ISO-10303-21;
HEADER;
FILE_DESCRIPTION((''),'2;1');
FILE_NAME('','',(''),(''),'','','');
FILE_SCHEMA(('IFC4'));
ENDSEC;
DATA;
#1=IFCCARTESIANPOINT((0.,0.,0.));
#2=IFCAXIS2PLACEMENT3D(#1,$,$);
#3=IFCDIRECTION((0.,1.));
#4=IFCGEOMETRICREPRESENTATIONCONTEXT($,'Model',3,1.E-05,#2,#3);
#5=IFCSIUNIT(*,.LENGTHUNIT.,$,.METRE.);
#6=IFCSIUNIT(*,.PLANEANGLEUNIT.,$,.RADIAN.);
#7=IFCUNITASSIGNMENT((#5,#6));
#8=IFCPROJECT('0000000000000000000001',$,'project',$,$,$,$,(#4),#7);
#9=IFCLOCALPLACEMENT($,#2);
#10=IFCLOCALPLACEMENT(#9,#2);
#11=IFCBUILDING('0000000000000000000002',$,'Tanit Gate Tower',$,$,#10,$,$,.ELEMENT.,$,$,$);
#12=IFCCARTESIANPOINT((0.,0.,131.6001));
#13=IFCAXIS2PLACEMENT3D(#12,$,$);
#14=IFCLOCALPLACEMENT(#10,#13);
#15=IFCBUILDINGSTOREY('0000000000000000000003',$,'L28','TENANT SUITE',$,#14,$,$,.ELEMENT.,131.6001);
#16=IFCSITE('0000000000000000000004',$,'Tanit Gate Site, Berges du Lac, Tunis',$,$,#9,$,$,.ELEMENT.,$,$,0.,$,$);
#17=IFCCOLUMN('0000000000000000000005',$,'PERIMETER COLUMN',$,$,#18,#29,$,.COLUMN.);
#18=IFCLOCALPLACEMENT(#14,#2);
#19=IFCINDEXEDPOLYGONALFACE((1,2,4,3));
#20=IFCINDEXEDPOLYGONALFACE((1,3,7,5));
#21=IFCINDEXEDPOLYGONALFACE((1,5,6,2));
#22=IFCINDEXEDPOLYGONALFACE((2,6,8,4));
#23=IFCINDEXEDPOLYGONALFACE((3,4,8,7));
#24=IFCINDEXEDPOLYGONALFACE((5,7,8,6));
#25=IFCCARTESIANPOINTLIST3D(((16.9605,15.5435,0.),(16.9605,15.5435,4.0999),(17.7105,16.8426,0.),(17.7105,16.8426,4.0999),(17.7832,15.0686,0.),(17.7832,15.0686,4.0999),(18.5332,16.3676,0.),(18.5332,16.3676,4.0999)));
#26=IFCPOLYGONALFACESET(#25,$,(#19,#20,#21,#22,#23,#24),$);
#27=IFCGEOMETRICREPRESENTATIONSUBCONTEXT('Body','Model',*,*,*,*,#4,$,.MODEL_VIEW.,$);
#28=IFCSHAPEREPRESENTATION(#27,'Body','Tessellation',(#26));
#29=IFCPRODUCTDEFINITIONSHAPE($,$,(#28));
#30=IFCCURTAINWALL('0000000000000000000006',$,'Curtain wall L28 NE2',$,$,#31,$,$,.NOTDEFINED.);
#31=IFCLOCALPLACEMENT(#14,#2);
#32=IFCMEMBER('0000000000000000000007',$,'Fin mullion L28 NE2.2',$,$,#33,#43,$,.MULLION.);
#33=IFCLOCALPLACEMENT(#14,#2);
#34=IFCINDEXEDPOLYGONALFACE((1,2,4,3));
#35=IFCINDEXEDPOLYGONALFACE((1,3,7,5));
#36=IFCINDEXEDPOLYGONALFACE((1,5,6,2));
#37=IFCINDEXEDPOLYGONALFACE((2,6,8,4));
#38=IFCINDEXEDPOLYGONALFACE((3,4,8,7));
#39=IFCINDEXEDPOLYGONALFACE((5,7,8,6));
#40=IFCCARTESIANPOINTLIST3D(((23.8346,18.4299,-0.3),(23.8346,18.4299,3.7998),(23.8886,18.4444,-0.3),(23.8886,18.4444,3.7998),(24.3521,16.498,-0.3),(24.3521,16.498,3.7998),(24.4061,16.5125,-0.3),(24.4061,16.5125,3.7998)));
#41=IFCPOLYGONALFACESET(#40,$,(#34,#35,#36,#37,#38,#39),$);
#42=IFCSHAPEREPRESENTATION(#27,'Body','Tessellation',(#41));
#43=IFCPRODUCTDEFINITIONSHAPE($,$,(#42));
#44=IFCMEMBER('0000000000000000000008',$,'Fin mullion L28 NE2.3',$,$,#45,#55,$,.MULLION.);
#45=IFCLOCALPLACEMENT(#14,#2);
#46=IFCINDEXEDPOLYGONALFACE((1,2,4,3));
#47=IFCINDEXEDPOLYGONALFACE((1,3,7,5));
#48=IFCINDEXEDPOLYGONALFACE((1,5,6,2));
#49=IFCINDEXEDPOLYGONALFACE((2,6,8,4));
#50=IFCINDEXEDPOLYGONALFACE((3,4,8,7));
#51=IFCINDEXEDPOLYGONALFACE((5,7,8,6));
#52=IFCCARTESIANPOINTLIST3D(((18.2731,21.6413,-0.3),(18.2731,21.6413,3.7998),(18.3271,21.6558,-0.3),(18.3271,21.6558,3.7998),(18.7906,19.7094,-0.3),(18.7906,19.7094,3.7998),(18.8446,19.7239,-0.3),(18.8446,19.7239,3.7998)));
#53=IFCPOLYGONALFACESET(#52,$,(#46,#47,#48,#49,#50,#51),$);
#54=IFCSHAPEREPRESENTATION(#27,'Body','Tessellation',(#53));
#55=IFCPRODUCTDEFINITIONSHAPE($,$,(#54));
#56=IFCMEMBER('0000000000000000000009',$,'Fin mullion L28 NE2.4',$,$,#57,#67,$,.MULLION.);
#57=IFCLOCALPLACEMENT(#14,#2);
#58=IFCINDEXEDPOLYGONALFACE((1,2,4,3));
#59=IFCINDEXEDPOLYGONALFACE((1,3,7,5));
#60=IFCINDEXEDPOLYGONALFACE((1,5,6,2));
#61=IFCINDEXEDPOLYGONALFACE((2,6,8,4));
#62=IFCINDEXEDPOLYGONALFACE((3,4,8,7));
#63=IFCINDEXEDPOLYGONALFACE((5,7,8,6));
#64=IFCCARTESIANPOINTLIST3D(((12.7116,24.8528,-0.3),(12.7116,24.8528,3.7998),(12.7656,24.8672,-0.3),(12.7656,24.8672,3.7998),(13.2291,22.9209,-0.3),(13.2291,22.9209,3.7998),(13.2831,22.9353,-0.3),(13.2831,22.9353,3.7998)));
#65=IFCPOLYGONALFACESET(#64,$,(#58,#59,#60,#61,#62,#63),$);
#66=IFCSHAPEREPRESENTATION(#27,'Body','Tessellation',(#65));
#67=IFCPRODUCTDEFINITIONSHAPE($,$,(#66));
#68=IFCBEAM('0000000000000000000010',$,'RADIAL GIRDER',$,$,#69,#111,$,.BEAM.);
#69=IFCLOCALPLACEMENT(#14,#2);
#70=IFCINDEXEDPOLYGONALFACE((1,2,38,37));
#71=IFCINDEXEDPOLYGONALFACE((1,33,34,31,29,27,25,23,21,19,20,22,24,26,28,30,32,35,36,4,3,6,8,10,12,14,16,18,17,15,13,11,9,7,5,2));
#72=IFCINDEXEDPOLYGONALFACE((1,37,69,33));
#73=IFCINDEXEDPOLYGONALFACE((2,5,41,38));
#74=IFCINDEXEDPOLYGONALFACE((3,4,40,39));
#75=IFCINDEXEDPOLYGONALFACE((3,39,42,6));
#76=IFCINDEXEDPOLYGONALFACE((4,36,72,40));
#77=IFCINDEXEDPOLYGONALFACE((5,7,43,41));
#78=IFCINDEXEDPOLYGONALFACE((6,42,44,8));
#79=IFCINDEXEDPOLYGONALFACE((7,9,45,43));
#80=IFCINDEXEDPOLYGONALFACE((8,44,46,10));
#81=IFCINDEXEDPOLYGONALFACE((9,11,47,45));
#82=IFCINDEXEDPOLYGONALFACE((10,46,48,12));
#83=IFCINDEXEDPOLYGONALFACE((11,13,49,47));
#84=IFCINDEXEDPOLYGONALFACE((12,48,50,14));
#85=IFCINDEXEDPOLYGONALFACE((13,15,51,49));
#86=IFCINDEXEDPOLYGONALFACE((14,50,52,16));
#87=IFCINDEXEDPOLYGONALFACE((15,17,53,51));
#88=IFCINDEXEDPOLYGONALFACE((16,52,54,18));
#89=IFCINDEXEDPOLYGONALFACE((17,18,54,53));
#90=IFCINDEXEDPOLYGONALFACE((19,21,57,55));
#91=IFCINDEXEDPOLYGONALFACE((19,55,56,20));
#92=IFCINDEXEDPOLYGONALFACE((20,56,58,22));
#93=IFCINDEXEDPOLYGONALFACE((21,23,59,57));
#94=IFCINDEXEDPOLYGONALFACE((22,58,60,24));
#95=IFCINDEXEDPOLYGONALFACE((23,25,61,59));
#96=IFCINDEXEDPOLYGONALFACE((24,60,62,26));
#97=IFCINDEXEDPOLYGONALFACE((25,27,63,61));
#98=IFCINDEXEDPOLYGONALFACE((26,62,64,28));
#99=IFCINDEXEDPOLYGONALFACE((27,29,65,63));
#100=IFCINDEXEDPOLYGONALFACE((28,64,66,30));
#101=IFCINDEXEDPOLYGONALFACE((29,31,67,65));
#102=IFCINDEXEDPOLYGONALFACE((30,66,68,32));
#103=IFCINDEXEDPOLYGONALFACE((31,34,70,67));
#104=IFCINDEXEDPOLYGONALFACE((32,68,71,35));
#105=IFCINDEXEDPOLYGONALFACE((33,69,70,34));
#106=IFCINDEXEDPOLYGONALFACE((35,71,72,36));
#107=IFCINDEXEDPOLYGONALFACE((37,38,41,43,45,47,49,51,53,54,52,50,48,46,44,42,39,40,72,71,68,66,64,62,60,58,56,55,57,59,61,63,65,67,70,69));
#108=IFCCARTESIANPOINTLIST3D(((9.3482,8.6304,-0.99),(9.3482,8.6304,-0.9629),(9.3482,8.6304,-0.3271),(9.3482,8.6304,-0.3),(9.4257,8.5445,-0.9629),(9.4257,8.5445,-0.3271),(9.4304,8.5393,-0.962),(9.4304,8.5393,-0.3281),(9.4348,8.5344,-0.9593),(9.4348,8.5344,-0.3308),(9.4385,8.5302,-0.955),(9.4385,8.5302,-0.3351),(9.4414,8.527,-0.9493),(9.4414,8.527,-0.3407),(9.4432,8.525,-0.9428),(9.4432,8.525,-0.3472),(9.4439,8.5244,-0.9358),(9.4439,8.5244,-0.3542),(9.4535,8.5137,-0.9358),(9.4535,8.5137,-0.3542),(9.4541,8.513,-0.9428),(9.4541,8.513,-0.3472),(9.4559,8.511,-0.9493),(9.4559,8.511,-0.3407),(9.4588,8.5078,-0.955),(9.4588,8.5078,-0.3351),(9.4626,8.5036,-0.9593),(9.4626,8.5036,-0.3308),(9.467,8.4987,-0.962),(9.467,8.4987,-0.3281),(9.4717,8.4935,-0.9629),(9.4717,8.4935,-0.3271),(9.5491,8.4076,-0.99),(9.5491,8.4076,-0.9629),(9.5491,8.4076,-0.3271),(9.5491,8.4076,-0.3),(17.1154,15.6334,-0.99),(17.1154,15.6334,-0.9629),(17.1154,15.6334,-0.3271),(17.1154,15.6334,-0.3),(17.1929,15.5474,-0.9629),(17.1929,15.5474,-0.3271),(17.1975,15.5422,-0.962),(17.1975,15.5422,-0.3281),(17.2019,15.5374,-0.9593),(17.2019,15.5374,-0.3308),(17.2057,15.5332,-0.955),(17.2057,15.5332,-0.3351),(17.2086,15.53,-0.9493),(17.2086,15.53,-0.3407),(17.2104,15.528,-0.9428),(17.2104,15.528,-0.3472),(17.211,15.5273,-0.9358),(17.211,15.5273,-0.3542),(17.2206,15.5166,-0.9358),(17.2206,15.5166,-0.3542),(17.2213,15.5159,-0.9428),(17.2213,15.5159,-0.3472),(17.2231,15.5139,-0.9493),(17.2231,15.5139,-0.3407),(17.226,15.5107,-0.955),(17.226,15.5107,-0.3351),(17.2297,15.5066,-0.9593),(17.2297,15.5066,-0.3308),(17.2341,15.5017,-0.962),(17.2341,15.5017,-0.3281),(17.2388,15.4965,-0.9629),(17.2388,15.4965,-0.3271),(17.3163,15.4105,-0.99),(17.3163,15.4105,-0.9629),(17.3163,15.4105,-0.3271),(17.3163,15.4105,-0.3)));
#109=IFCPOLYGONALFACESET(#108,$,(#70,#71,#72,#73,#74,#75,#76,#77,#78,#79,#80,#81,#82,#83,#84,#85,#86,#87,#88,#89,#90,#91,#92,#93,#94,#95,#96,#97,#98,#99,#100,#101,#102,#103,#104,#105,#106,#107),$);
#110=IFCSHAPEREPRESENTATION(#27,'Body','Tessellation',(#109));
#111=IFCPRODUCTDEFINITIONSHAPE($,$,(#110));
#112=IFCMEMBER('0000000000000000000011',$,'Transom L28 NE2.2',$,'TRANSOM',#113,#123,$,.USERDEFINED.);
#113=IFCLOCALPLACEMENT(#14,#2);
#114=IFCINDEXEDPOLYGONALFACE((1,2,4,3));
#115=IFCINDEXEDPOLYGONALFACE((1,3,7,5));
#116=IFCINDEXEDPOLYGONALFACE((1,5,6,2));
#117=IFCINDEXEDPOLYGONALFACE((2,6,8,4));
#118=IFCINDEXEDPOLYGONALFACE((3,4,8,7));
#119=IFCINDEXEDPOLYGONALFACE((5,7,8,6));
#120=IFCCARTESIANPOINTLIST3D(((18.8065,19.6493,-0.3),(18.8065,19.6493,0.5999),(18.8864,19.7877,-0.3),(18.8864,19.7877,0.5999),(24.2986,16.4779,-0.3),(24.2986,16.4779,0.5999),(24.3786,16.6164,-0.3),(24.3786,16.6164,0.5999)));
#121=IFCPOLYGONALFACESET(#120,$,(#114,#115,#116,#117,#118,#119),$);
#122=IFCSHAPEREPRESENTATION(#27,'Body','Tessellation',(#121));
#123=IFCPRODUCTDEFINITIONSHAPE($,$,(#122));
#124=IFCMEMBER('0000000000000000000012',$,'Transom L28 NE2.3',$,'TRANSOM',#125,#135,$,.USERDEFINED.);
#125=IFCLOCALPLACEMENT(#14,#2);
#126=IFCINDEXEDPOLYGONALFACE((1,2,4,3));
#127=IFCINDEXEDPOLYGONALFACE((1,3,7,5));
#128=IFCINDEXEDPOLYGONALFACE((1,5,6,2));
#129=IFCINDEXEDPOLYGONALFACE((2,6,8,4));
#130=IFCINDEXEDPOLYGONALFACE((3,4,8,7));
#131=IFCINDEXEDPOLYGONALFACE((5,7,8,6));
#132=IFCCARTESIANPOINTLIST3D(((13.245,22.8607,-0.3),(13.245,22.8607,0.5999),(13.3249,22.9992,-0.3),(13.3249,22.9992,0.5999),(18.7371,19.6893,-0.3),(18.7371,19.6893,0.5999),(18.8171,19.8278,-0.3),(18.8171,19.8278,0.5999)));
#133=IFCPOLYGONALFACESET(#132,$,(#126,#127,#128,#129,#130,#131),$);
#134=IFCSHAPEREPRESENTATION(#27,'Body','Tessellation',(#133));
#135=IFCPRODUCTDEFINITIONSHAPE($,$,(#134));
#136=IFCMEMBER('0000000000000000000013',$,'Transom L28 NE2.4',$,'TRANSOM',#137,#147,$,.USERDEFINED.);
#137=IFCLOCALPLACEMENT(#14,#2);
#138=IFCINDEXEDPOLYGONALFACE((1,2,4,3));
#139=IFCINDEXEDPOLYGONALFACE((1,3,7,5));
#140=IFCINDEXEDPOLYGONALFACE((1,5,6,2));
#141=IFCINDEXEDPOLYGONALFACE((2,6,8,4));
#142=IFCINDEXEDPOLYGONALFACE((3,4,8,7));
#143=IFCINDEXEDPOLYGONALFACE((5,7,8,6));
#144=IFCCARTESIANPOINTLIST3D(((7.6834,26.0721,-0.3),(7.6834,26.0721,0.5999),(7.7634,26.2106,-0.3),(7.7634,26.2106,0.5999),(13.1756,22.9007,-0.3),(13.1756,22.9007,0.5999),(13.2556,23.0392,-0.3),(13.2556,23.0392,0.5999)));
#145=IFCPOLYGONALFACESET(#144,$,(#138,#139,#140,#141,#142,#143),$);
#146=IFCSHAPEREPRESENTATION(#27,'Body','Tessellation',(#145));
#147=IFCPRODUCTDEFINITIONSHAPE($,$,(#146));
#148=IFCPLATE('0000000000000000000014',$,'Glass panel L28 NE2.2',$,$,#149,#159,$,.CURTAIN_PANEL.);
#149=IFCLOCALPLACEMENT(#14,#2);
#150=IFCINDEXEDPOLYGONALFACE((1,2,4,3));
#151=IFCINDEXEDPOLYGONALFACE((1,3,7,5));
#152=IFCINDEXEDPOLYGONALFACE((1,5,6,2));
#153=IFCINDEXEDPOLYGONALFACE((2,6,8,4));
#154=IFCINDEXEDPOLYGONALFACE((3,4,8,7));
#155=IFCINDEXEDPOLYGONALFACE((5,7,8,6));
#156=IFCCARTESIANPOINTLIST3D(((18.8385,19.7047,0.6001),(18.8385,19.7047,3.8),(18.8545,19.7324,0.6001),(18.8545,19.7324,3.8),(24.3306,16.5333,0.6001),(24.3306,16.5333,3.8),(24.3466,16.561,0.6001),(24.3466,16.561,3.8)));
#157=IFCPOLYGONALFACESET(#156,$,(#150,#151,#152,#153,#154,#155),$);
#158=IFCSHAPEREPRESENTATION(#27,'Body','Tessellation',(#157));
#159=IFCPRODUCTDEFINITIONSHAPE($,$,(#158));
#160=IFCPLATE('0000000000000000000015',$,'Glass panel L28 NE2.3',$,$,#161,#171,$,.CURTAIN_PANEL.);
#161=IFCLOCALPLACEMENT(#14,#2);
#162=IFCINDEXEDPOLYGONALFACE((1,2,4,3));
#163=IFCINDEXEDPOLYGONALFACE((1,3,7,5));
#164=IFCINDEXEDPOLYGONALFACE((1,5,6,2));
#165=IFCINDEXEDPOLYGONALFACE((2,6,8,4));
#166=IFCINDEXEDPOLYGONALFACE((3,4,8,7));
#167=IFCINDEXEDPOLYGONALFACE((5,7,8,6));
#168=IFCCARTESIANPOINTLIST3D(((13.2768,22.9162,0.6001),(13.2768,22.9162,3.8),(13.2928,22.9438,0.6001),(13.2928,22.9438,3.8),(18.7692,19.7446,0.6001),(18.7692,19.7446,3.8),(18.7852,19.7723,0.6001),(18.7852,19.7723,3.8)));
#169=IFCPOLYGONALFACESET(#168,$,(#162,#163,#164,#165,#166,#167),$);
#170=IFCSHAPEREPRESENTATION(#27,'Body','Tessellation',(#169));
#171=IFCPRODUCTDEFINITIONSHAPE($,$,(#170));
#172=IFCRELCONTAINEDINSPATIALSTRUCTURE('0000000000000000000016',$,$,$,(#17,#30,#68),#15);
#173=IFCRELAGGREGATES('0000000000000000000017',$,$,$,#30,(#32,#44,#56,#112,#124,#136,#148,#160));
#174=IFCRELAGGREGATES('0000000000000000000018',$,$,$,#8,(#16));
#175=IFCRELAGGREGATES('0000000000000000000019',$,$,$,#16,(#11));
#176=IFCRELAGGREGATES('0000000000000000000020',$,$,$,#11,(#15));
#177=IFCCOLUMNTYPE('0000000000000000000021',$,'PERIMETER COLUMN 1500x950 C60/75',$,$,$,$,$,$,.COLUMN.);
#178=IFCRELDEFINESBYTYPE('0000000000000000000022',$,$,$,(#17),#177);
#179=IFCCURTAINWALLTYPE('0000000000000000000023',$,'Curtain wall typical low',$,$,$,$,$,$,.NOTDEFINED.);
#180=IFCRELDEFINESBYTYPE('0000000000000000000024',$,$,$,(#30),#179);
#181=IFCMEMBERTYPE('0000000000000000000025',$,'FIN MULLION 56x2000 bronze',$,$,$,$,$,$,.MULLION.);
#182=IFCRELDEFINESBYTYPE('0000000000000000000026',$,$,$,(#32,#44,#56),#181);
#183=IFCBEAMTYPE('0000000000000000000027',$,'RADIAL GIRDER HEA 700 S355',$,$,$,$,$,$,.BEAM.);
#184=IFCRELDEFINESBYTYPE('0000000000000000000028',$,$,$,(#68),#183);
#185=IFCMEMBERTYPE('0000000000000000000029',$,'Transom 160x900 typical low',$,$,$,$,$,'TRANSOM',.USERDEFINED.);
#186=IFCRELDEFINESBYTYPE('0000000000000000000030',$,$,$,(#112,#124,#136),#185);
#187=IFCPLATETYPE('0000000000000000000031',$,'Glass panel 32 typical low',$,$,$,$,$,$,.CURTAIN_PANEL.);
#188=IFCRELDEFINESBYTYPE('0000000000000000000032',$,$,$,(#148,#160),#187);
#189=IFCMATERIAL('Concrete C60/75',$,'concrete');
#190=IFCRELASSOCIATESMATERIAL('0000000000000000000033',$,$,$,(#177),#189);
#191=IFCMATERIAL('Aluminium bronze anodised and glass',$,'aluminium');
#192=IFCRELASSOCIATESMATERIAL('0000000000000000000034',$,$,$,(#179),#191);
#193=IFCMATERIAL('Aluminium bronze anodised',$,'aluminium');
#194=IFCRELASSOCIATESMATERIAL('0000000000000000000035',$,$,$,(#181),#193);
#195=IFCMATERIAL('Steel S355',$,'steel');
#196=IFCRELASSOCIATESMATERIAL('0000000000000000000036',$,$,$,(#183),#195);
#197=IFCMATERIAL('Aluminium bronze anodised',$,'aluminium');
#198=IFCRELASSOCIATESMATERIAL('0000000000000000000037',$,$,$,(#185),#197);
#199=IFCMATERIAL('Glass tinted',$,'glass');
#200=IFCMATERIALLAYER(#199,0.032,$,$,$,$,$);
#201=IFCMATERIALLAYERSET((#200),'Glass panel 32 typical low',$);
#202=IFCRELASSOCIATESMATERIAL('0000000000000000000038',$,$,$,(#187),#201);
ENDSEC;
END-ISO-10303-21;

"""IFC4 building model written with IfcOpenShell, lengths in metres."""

from ifc_helpers import new_model, si_unit, direction, frame, origin, origin_2d, place, context, subcontext, project, spatial, rectangle, i_section, extrude, material, layer, layer_set, material_profile, profile_set, type_object, element, aggregate, save


model = new_model("IFC4")

# Units and contexts
model_context = context("Model", 3, precision=1e-05, world=origin(), true_north=direction((0.0, 1.0)))
body_context = subcontext(model_context, "Body", "Model", "MODEL_VIEW")
ifc_project = project(units=[si_unit("LENGTHUNIT", "METRE"), si_unit("PLANEANGLEUNIT", "RADIAN")], contexts=[model_context])

# Site, building, storey
site_placement = place(None, origin())
site = spatial("IfcSite", under=ifc_project, at=site_placement, Name="Tanit Gate Site, Berges du Lac, Tunis", CompositionType="ELEMENT", RefElevation=0.0)
building_placement = place(site_placement, origin())
building = spatial("IfcBuilding", under=site, at=building_placement, Name="Tanit Gate Tower", CompositionType="ELEMENT")
storey_placement = place(building_placement, frame((0.0, 0.0, 131.6001)))
storey = spatial("IfcBuildingStorey", under=building, at=storey_placement, Name="L28", Description="TENANT SUITE", CompositionType="ELEMENT", Elevation=131.6001)

# Column
ifc_material_1 = material(Name="Concrete C60/75", Category="concrete")
ifc_material_profile_1 = material_profile(ifc_material_1, rectangle(XDim=1.5, YDim=0.95, at=origin_2d()), Name="RC 1500x950")
ifc_profile_set_1 = profile_set([ifc_material_profile_1], Name="Concrete C60/75")
column_type = type_object("IfcColumnType", Name="PERIMETER COLUMN 1500x950 C60/75", PredefinedType="COLUMN", material=ifc_profile_set_1)
column_placement = place(storey_placement, frame((17.7468, 15.9556, 0.0), z_axis=(0.0, 0.0, 1.0), x_axis=(0.5, 0.866025, 0.0)))
element("IfcColumn", 1, at=column_placement, inside=storey, type_object=column_type, Name="PERIMETER COLUMN", PredefinedType="COLUMN", context=body_context, shape_type="SweptSolid", body=[
    extrude(rectangle(XDim=1.5, YDim=0.95, at=origin_2d()), origin(), (0.0, 0.0, 1.0), 4.0999),
])

# Curtain wall, members
ifc_material_2 = material(Name="Aluminium bronze anodised and glass", Category="aluminium")
curtain_wall_type = type_object("IfcCurtainWallType", Name="Curtain wall typical low", PredefinedType="NOTDEFINED", material=ifc_material_2)
curtain_wall_placement = place(storey_placement, origin())
curtain_wall = element("IfcCurtainWall", 2, at=curtain_wall_placement, inside=storey, type_object=curtain_wall_type, Name="Curtain wall L28 NE2", PredefinedType="NOTDEFINED")
ifc_material_3 = material(Name="Aluminium bronze anodised", Category="aluminium")
ifc_material_profile_2 = material_profile(ifc_material_3, rectangle(XDim=2.0, YDim=0.0559, at=origin_2d()), Name="56x2000 bronze fin mullion")
ifc_profile_set_2 = profile_set([ifc_material_profile_2], Name="Aluminium bronze anodised")
member_type_1 = type_object("IfcMemberType", Name="FIN MULLION 56x2000 bronze", PredefinedType="MULLION", material=ifc_profile_set_2)
member_1_placement = place(storey_placement, frame((24.1204, 17.4712, -0.3), z_axis=(0.0, 0.0, 1.0), x_axis=(0.258752, -0.965944, 0.0)))
member_1 = element("IfcMember", 3, at=member_1_placement, type_object=member_type_1, Name="Fin mullion L28 NE2.2", PredefinedType="MULLION", context=body_context, shape_type="SweptSolid", body=[
    extrude(rectangle(XDim=2.0, YDim=0.0559, at=origin_2d()), origin(), (0.0, 0.0, 1.0), 4.0999),
])
member_2_placement = place(storey_placement, frame((18.5588, 20.6826, -0.3), z_axis=(0.0, 0.0, 1.0), x_axis=(0.258752, -0.965944, 0.0)))
member_2 = element("IfcMember", 4, at=member_2_placement, type_object=member_type_1, Name="Fin mullion L28 NE2.3", PredefinedType="MULLION", context=body_context, shape_type="SweptSolid", body=[
    extrude(rectangle(XDim=2.0, YDim=0.0559, at=origin_2d()), origin(), (0.0, 0.0, 1.0), 4.0999),
])
member_3_placement = place(storey_placement, frame((12.9973, 23.894, -0.3), z_axis=(0.0, 0.0, 1.0), x_axis=(0.258752, -0.965944, 0.0)))
member_3 = element("IfcMember", 5, at=member_3_placement, type_object=member_type_1, Name="Fin mullion L28 NE2.4", PredefinedType="MULLION", context=body_context, shape_type="SweptSolid", body=[
    extrude(rectangle(XDim=2.0, YDim=0.0559, at=origin_2d()), origin(), (0.0, 0.0, 1.0), 4.0999),
])

# Beam
ifc_material_4 = material(Name="Steel S355", Category="steel")
ifc_material_profile_3 = material_profile(ifc_material_4, i_section(OverallWidth=0.3, OverallDepth=0.6899, WebThickness=0.0144, FlangeThickness=0.0271, FilletRadius=0.0271, at=origin_2d()), Name="HEA 700")
ifc_profile_set_3 = profile_set([ifc_material_profile_3], Name="Steel S355")
beam_type = type_object("IfcBeamType", Name="RADIAL GIRDER HEA 700 S355", PredefinedType="BEAM", material=ifc_profile_set_3)
beam_placement = place(storey_placement, frame((17.2158, 15.522, -0.645), z_axis=(-0.742697, -0.669627, 0.0), x_axis=(0.669627, -0.742697, 0.0)))
element("IfcBeam", 6, at=beam_placement, inside=storey, type_object=beam_type, Name="RADIAL GIRDER", PredefinedType="BEAM", context=body_context, shape_type="SweptSolid", body=[
    extrude(i_section(OverallWidth=0.3, OverallDepth=0.6899, WebThickness=0.0144, FlangeThickness=0.0271, FilletRadius=0.0271, at=origin_2d()), origin(), (0.0, 0.0, 1.0), 10.458),
])

# Members
ifc_material_5 = material(Name="Aluminium bronze anodised", Category="aluminium")
ifc_material_profile_4 = material_profile(ifc_material_5, rectangle(XDim=0.1599, YDim=0.8999, at=origin_2d()), Name="160x900 bronze transom")
ifc_profile_set_4 = profile_set([ifc_material_profile_4], Name="Aluminium bronze anodised")
member_type_2 = type_object("IfcMemberType", Name="Transom 160x900 typical low", ElementType="TRANSOM", PredefinedType="USERDEFINED", material=ifc_profile_set_4)
member_4_placement = place(storey_placement, frame((24.3386, 16.5471, 0.1499), z_axis=(-0.865993, 0.500056, 0.0), x_axis=(-0.500056, -0.865993, 0.0)))
member_4 = element("IfcMember", 7, at=member_4_placement, type_object=member_type_2, Name="Transom L28 NE2.2", ObjectType="TRANSOM", PredefinedType="USERDEFINED", context=body_context, shape_type="SweptSolid", body=[
    extrude(rectangle(XDim=0.1599, YDim=0.8999, at=origin_2d()), origin(), (0.0, 0.0, 1.0), 6.342),
])
member_5_placement = place(storey_placement, frame((18.7771, 19.7585, 0.1499), z_axis=(-0.865993, 0.500056, 0.0), x_axis=(-0.500056, -0.865993, 0.0)))
member_5 = element("IfcMember", 8, at=member_5_placement, type_object=member_type_2, Name="Transom L28 NE2.3", ObjectType="TRANSOM", PredefinedType="USERDEFINED", context=body_context, shape_type="SweptSolid", body=[
    extrude(rectangle(XDim=0.1599, YDim=0.8999, at=origin_2d()), origin(), (0.0, 0.0, 1.0), 6.342),
])
member_6_placement = place(storey_placement, frame((13.2156, 22.97, 0.1499), z_axis=(-0.865993, 0.500056, 0.0), x_axis=(-0.500056, -0.865993, 0.0)))
member_6 = element("IfcMember", 9, at=member_6_placement, type_object=member_type_2, Name="Transom L28 NE2.4", ObjectType="TRANSOM", PredefinedType="USERDEFINED", context=body_context, shape_type="SweptSolid", body=[
    extrude(rectangle(XDim=0.1599, YDim=0.8999, at=origin_2d()), origin(), (0.0, 0.0, 1.0), 6.342),
])

# Plates
ifc_material_6 = material(Name="Glass tinted", Category="glass")
ifc_layer = layer(ifc_material_6, 0.032)
ifc_layer_set = layer_set([ifc_layer], Name="Glass panel 32 typical low")
plate_type = type_object("IfcPlateType", Name="Glass panel 32 typical low", PredefinedType="CURTAIN_PANEL", material=ifc_layer_set)
plate_1_placement = place(storey_placement, frame((21.5925, 18.1328, 0.6001), z_axis=(0.0, 0.0, 1.0), x_axis=(-0.865991, 0.50006, 0.0)))
plate_1 = element("IfcPlate", 10, at=plate_1_placement, type_object=plate_type, Name="Glass panel L28 NE2.2", PredefinedType="CURTAIN_PANEL", context=body_context, shape_type="SweptSolid", body=[
    extrude(rectangle(XDim=6.342, YDim=0.032, at=origin_2d()), origin(), (0.0, 0.0, 1.0), 3.2),
])
plate_2_placement = place(storey_placement, frame((16.031, 21.3442, 0.6001), z_axis=(0.0, 0.0, 1.0), x_axis=(-0.865991, 0.50006, 0.0)))
plate_2 = element("IfcPlate", 11, at=plate_2_placement, type_object=plate_type, Name="Glass panel L28 NE2.3", PredefinedType="CURTAIN_PANEL", context=body_context, shape_type="SweptSolid", body=[
    extrude(rectangle(XDim=6.3423, YDim=0.032, at=origin_2d()), origin(), (0.0, 0.0, 1.0), 3.2),
])
aggregate(curtain_wall, [member_1, member_2, member_3, member_4, member_5, member_6, plate_1, plate_2])

save(model, "model.ifc")
